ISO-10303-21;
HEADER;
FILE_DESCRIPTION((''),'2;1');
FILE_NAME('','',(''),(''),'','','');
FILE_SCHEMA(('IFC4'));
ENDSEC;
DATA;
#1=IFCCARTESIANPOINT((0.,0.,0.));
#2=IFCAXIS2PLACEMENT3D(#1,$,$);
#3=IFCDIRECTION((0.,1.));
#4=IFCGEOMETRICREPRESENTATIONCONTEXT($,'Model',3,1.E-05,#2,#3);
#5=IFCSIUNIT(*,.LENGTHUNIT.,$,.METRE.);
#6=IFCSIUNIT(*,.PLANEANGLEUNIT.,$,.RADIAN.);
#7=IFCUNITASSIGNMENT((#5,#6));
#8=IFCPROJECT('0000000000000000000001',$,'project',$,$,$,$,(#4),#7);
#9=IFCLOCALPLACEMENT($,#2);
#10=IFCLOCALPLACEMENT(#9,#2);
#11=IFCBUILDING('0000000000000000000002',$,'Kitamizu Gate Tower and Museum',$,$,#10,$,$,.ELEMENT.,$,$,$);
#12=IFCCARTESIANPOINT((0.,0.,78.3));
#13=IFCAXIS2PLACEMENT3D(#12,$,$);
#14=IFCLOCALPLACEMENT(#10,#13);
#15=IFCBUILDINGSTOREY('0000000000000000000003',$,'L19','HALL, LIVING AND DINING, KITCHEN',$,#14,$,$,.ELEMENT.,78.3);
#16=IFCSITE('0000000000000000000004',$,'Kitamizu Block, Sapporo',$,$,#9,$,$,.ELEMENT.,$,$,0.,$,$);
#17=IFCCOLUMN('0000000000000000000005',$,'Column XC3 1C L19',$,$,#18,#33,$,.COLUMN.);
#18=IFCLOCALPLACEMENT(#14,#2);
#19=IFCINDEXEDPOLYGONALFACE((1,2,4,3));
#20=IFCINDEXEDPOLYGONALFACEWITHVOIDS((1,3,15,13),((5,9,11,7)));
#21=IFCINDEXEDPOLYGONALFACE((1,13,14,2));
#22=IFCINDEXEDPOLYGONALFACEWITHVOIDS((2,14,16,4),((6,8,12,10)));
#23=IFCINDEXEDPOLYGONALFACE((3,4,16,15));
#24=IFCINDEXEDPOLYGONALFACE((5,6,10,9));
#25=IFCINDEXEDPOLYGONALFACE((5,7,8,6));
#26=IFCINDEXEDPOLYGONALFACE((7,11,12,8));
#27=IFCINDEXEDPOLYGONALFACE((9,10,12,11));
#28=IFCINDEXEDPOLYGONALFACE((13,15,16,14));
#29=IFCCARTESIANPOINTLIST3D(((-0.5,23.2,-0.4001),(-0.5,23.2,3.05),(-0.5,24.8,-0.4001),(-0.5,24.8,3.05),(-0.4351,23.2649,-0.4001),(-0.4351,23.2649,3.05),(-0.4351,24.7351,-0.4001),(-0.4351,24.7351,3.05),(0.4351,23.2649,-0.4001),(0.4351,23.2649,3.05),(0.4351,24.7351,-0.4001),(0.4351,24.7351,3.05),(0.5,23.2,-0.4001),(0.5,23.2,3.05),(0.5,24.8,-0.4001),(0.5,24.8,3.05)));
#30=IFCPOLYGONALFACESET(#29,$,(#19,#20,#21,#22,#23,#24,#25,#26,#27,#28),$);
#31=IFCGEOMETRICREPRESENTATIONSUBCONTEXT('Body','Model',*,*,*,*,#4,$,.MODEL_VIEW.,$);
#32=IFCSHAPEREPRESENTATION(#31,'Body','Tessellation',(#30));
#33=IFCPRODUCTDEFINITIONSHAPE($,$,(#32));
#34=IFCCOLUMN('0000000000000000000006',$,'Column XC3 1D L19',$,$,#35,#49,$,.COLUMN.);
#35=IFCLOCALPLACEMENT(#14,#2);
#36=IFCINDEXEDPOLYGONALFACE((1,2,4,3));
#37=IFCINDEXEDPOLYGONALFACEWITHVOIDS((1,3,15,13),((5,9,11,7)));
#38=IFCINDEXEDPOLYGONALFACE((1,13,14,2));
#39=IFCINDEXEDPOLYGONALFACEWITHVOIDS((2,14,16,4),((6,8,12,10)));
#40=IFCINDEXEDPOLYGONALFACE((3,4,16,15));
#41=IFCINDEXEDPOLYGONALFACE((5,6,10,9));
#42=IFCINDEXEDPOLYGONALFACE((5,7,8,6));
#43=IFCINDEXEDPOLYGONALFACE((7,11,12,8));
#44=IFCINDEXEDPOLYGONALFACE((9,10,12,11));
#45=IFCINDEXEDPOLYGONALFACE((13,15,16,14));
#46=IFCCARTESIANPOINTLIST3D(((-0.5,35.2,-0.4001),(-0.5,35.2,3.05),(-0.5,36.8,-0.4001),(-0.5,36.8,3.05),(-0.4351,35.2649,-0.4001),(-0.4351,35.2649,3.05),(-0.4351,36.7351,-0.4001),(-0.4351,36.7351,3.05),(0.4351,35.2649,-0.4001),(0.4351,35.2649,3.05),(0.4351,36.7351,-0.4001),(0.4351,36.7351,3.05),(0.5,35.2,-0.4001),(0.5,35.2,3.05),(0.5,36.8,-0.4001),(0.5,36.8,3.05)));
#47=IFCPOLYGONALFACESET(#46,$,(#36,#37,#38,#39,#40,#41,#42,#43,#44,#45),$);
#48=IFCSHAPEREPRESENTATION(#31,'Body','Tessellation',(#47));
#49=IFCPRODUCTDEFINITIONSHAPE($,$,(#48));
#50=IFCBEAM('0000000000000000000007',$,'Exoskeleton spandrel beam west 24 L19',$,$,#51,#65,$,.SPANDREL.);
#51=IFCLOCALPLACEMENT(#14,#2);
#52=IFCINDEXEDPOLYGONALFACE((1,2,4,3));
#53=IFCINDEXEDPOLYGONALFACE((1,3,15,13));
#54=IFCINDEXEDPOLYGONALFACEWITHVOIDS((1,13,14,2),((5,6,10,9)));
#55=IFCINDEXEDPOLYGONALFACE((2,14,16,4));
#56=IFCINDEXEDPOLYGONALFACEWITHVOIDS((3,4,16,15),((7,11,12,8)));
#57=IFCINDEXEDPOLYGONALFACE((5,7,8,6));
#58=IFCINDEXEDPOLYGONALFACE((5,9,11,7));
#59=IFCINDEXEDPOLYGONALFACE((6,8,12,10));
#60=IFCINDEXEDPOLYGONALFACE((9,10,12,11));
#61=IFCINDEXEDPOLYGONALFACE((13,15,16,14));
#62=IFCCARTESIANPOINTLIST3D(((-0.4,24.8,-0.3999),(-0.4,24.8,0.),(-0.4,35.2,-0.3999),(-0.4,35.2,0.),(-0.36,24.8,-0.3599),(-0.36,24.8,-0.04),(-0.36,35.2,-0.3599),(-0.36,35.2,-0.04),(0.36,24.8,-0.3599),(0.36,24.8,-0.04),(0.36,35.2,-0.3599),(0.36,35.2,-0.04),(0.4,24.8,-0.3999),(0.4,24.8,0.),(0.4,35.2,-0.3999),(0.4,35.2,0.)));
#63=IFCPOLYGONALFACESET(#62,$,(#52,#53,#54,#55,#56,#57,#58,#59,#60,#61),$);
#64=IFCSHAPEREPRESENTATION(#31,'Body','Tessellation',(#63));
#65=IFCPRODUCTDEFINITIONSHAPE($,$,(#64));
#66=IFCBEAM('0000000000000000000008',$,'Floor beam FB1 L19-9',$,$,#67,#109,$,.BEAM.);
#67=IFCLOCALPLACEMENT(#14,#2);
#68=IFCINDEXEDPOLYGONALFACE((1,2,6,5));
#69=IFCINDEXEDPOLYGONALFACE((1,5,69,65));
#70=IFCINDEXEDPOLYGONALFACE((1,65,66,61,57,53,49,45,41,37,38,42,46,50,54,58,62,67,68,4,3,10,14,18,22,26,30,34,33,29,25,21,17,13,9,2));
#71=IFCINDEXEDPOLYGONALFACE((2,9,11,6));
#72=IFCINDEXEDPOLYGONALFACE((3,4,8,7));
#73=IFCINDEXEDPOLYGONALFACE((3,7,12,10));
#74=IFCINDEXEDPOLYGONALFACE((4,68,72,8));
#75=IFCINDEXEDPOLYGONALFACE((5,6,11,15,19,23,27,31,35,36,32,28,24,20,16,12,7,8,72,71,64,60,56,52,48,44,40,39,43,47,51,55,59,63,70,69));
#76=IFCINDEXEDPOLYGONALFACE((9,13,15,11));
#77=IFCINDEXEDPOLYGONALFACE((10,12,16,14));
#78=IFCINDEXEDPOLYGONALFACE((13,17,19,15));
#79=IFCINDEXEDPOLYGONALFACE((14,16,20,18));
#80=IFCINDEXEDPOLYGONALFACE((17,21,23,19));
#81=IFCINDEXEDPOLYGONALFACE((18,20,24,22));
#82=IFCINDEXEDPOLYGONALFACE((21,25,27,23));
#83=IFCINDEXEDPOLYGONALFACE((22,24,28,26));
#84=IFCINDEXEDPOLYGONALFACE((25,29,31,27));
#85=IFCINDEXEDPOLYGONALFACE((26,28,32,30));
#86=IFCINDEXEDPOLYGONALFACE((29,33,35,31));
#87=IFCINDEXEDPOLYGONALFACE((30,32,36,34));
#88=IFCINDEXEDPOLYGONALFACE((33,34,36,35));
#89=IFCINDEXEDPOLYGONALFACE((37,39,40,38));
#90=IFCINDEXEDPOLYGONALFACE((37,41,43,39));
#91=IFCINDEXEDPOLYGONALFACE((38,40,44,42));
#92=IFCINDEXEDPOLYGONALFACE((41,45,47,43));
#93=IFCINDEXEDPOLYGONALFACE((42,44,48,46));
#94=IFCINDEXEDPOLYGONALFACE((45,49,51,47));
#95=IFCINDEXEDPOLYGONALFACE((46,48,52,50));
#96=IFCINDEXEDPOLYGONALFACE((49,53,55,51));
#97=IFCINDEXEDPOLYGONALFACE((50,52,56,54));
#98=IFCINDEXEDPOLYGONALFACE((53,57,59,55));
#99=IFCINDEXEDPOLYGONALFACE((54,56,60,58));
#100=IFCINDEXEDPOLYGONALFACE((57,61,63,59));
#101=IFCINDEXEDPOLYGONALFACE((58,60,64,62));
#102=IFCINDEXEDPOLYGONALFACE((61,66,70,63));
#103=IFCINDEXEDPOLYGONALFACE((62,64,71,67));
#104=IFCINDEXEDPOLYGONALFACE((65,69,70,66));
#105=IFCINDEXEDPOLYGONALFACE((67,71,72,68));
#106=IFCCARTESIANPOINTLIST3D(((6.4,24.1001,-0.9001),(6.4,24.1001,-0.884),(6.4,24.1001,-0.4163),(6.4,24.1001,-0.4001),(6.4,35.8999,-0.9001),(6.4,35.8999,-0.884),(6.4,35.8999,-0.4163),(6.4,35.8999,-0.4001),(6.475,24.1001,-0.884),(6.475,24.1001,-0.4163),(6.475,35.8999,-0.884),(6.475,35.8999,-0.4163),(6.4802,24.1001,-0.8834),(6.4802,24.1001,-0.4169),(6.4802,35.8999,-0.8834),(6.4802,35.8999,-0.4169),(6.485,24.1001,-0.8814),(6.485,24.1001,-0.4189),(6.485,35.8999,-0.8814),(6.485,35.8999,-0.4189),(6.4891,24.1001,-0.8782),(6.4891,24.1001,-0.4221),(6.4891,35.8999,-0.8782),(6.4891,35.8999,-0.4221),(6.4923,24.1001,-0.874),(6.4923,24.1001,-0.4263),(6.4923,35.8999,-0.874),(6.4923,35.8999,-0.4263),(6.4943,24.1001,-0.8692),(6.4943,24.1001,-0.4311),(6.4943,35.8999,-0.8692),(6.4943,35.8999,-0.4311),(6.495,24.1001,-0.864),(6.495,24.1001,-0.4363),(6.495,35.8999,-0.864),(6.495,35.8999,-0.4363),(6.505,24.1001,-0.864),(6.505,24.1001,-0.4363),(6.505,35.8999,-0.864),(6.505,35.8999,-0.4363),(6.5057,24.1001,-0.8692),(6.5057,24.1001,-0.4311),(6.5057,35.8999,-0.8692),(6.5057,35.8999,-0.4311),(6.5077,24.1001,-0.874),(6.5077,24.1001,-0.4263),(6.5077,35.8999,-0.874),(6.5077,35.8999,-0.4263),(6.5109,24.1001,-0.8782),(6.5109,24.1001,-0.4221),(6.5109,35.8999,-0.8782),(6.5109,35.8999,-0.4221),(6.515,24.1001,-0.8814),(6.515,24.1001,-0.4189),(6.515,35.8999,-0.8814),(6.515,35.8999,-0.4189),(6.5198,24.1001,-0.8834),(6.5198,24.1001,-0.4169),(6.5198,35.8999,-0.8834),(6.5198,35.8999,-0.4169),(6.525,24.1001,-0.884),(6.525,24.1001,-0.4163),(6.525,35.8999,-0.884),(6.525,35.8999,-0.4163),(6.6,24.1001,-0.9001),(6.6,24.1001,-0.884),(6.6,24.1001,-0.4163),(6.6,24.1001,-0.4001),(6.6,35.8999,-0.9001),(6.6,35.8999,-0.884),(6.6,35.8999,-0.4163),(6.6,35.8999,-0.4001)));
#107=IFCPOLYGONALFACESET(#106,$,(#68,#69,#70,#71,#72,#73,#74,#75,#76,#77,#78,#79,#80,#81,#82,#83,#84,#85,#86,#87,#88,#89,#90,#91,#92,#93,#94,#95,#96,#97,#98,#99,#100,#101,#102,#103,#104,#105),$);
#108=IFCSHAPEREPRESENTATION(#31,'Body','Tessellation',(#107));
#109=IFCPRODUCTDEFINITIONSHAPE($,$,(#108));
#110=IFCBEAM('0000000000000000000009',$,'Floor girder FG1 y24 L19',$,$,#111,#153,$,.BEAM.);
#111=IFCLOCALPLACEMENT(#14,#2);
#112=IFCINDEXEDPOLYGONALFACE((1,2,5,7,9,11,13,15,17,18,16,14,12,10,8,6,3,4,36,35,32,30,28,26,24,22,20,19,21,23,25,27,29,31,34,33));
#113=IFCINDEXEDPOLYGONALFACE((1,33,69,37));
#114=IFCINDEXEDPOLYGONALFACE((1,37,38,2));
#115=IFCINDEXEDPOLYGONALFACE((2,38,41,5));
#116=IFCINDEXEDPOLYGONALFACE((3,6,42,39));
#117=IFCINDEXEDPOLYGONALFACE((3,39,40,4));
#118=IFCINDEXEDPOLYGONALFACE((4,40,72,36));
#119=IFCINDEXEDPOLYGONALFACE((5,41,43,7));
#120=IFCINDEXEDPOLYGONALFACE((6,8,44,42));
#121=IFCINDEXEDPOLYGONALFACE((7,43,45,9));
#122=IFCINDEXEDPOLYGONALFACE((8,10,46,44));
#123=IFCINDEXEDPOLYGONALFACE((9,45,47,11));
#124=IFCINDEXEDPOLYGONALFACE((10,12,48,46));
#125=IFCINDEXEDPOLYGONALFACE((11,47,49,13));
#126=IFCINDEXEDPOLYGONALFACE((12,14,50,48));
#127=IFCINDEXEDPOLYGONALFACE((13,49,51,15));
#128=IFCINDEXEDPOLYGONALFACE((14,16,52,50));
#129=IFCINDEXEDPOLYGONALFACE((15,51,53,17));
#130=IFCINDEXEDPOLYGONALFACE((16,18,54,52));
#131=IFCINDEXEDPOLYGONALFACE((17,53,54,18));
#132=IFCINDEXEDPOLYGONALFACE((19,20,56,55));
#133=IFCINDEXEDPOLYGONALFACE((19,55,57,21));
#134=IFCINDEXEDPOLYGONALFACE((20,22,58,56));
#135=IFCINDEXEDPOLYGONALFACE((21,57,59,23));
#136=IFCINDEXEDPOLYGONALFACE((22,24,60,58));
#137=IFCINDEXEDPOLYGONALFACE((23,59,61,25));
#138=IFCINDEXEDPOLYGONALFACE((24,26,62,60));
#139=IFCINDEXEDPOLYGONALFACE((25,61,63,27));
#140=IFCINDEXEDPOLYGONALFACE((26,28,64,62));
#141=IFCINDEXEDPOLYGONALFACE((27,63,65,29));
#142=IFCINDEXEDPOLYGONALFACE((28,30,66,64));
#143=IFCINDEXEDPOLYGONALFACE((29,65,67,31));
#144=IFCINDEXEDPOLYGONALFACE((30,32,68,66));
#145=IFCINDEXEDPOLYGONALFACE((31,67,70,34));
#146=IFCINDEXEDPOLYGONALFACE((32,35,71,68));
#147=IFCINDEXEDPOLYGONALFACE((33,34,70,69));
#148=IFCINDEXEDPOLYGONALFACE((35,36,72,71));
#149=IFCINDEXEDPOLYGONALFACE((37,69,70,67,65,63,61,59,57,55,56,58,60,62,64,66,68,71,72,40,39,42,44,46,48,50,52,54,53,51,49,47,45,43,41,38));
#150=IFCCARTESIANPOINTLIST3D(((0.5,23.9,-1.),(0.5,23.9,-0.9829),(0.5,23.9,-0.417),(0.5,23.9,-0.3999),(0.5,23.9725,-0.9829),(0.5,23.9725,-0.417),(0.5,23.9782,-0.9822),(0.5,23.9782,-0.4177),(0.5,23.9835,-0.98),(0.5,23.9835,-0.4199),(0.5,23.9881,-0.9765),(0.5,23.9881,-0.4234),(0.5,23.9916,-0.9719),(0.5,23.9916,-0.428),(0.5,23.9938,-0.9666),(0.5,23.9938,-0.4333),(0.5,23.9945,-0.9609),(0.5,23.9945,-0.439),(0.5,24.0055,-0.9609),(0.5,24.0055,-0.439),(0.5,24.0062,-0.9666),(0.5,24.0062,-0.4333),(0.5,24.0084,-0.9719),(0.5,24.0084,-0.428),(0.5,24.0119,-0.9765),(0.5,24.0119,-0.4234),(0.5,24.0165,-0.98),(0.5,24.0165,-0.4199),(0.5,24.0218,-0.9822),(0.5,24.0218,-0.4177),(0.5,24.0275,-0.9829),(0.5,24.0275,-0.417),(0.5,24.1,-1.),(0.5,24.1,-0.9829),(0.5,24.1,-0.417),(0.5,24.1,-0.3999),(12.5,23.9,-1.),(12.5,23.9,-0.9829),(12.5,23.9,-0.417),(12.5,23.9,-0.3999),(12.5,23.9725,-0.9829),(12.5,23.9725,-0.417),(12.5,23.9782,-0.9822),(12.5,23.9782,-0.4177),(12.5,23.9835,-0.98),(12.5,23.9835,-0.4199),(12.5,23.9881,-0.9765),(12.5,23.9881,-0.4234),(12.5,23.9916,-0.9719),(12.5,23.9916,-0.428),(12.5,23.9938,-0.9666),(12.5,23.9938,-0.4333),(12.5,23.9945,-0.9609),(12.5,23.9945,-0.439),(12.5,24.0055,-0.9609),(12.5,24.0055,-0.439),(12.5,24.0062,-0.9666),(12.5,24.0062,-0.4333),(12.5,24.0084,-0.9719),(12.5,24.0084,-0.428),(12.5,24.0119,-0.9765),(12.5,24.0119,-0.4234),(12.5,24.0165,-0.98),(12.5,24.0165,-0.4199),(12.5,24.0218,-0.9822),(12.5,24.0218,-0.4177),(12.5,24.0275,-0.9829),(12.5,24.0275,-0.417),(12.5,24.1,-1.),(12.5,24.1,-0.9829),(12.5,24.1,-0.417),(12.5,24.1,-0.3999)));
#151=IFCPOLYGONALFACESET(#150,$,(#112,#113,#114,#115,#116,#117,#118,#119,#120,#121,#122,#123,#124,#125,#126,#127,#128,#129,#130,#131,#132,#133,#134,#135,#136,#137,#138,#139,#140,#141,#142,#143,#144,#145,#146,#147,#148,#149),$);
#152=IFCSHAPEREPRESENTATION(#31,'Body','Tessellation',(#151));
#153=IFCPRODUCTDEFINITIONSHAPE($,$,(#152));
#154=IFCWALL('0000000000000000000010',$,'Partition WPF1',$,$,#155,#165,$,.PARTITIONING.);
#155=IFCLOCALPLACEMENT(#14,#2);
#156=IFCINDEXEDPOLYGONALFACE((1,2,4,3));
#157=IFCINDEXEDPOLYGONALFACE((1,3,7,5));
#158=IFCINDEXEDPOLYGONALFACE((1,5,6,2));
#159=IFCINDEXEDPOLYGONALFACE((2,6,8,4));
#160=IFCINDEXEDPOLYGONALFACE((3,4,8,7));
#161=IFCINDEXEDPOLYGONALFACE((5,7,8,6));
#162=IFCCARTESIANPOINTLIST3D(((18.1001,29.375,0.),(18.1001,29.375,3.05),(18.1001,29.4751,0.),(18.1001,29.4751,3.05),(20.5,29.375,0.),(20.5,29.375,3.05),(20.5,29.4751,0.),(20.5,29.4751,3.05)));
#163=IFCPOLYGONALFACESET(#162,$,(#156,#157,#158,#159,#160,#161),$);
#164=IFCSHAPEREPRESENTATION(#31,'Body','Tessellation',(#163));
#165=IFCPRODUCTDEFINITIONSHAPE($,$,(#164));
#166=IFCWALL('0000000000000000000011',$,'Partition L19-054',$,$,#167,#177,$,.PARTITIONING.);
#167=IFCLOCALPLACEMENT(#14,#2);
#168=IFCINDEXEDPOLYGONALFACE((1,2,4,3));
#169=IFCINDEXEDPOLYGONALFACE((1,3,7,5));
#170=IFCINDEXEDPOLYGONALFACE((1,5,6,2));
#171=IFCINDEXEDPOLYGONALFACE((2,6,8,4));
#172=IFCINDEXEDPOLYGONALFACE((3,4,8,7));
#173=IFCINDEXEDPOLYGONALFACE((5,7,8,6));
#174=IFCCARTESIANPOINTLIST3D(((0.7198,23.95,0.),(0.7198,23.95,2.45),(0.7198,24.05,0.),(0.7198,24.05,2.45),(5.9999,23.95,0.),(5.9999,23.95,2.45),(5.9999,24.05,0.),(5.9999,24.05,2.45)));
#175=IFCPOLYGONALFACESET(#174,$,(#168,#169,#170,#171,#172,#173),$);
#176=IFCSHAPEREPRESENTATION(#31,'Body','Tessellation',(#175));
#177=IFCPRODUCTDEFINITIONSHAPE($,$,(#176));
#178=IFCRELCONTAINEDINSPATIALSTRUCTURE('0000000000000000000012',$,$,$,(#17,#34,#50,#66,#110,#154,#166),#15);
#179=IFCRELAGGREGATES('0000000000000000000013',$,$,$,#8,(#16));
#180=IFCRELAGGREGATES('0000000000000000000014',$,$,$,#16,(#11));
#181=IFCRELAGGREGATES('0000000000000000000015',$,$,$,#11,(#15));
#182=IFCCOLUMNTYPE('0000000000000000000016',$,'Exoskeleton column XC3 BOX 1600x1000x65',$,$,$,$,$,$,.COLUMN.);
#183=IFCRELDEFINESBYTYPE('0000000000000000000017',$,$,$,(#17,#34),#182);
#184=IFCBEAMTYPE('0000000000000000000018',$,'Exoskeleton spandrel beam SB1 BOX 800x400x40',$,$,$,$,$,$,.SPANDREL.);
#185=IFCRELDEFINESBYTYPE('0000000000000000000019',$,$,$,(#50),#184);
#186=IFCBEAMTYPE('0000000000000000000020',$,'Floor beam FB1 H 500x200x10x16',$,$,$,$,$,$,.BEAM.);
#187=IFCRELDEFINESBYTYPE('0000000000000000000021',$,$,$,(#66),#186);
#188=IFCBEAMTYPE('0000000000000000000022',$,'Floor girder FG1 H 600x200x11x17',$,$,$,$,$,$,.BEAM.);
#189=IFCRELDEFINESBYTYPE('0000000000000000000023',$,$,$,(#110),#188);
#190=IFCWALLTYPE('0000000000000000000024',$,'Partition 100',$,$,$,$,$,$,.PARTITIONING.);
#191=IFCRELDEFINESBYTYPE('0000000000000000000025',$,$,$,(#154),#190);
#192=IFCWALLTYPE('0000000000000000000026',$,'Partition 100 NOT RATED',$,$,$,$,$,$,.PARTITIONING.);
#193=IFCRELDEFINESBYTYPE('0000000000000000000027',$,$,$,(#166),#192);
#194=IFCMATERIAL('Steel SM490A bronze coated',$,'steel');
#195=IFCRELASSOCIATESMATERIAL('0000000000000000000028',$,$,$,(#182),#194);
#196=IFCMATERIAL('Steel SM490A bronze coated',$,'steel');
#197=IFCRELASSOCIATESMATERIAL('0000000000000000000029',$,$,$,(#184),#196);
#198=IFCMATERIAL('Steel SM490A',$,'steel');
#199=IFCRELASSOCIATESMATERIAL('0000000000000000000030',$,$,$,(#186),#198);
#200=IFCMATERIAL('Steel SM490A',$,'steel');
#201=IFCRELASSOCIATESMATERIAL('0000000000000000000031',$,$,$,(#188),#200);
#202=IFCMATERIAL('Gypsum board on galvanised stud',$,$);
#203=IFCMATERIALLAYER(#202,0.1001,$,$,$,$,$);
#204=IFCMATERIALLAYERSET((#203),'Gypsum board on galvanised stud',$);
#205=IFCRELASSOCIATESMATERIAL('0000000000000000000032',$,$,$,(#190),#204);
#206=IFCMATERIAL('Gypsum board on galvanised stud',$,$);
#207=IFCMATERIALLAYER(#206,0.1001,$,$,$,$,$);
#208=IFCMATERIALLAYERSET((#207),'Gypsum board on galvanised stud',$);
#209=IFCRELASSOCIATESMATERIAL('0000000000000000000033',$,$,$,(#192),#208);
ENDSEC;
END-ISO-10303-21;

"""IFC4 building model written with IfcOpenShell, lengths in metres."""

from ifc_helpers import new_model, si_unit, direction, frame, frame_2d, origin, origin_2d, place, context, subcontext, project, spatial, rectangle, hollow_rectangle, i_section, extrude, material, layer, layer_set, material_profile, profile_set, type_object, element, save


model = new_model("IFC4")

# Units and contexts
model_context = context("Model", 3, precision=1e-05, world=origin(), true_north=direction((0.0, 1.0)))
body_context = subcontext(model_context, "Body", "Model", "MODEL_VIEW")
ifc_project = project(units=[si_unit("LENGTHUNIT", "METRE"), si_unit("PLANEANGLEUNIT", "RADIAN")], contexts=[model_context])

# Site, building, storey
site_placement = place(None, origin())
site = spatial("IfcSite", under=ifc_project, at=site_placement, Name="Kitamizu Block, Sapporo", CompositionType="ELEMENT", RefElevation=0.0)
building_placement = place(site_placement, origin())
building = spatial("IfcBuilding", under=site, at=building_placement, Name="Kitamizu Gate Tower and Museum", CompositionType="ELEMENT")
storey_placement = place(building_placement, frame((0.0, 0.0, 78.3)))
storey = spatial("IfcBuildingStorey", under=building, at=storey_placement, Name="L19", Description="HALL, LIVING AND DINING, KITCHEN", CompositionType="ELEMENT", Elevation=78.3)

# Columns
ifc_material_1 = material(Name="Steel SM490A bronze coated", Category="steel")
ifc_material_profile_1 = material_profile(ifc_material_1, hollow_rectangle(XDim=1.6001, YDim=1.0, WallThickness=0.0649, at=origin_2d()), Name="BOX 1600x1000x65")
ifc_profile_set_1 = profile_set([ifc_material_profile_1], Name="Steel SM490A bronze coated")
column_type = type_object("IfcColumnType", Name="Exoskeleton column XC3 BOX 1600x1000x65", PredefinedType="COLUMN", material=ifc_profile_set_1)
for number, where, z_axis, x_axis, name in (
    (1, (0.0, 24.0, -0.4001), (0.0, 0.0, 1.0), (0.0, 1.0, 0.0), "Column XC3 1C L19"),
    (2, (0.0, 36.0, -0.4001), (0.0, 0.0, 1.0), (0.0, 1.0, 0.0), "Column XC3 1D L19"),
):
    element("IfcColumn", number, at=place(storey_placement, frame(where, z_axis=z_axis, x_axis=x_axis)), inside=storey, type_object=column_type, Name=name, PredefinedType="COLUMN", context=body_context, shape_type="SweptSolid", body=[
        extrude(hollow_rectangle(XDim=1.6001, YDim=1.0, WallThickness=0.0649, at=origin_2d()), origin(), (0.0, 0.0, 1.0), 3.4502),
    ])

# Beams
ifc_material_2 = material(Name="Steel SM490A bronze coated", Category="steel")
ifc_material_profile_2 = material_profile(ifc_material_2, hollow_rectangle(XDim=0.8, YDim=0.3999, WallThickness=0.04, at=origin_2d()), Name="BOX 800x400x40")
ifc_profile_set_2 = profile_set([ifc_material_profile_2], Name="Steel SM490A bronze coated")
beam_type_1 = type_object("IfcBeamType", Name="Exoskeleton spandrel beam SB1 BOX 800x400x40", PredefinedType="SPANDREL", material=ifc_profile_set_2)
beam_1_placement = place(storey_placement, frame((0.0, 24.8, -0.2), z_axis=(0.0, 1.0, 0.0), x_axis=(-1.0, 0.0, 0.0)))
element("IfcBeam", 3, at=beam_1_placement, inside=storey, type_object=beam_type_1, Name="Exoskeleton spandrel beam west 24 L19", PredefinedType="SPANDREL", context=body_context, shape_type="SweptSolid", body=[
    extrude(hollow_rectangle(XDim=0.8, YDim=0.3999, WallThickness=0.04, at=origin_2d()), origin(), (0.0, 0.0, 1.0), 10.3999),
])
ifc_material_3 = material(Name="Steel SM490A", Category="steel")
ifc_material_profile_3 = material_profile(ifc_material_3, i_section(OverallWidth=0.2, OverallDepth=0.5, WebThickness=0.01, FlangeThickness=0.0161, FilletRadius=0.02, at=origin_2d()), Name="H-500x200x10x16")
ifc_profile_set_3 = profile_set([ifc_material_profile_3], Name="Steel SM490A")
beam_type_2 = type_object("IfcBeamType", Name="Floor beam FB1 H 500x200x10x16", PredefinedType="BEAM", material=ifc_profile_set_3)
beam_2_placement = place(storey_placement, frame((6.5, 24.1001, -0.6501), z_axis=(0.0, 1.0, 0.0), x_axis=(-1.0, 0.0, 0.0)))
element("IfcBeam", 4, at=beam_2_placement, inside=storey, type_object=beam_type_2, Name="Floor beam FB1 L19-9", PredefinedType="BEAM", context=body_context, shape_type="SweptSolid", body=[
    extrude(i_section(OverallWidth=0.2, OverallDepth=0.5, WebThickness=0.01, FlangeThickness=0.0161, FilletRadius=0.02, at=origin_2d()), origin(), (0.0, 0.0, 1.0), 11.7998),
])
ifc_material_4 = material(Name="Steel SM490A", Category="steel")
ifc_material_profile_4 = material_profile(ifc_material_4, i_section(OverallWidth=0.2, OverallDepth=0.6001, WebThickness=0.011, FlangeThickness=0.0171, FilletRadius=0.022, at=origin_2d()), Name="H-600x200x11x17")
ifc_profile_set_4 = profile_set([ifc_material_profile_4], Name="Steel SM490A")
beam_type_3 = type_object("IfcBeamType", Name="Floor girder FG1 H 600x200x11x17", PredefinedType="BEAM", material=ifc_profile_set_4)
beam_3_placement = place(storey_placement, frame((0.5, 24.0, -0.7), z_axis=(1.0, 0.0, 0.0), x_axis=(0.0, 1.0, 0.0)))
element("IfcBeam", 5, at=beam_3_placement, inside=storey, type_object=beam_type_3, Name="Floor girder FG1 y24 L19", PredefinedType="BEAM", context=body_context, shape_type="SweptSolid", body=[
    extrude(i_section(OverallWidth=0.2, OverallDepth=0.6001, WebThickness=0.011, FlangeThickness=0.0171, FilletRadius=0.022, at=origin_2d()), origin(), (0.0, 0.0, 1.0), 12.0),
])

# Walls
ifc_material_5 = material(Name="Gypsum board on galvanised stud")
ifc_layer_1 = layer(ifc_material_5, 0.1001)
ifc_layer_set_1 = layer_set([ifc_layer_1], Name="Gypsum board on galvanised stud")
wall_type_1 = type_object("IfcWallType", Name="Partition 100", PredefinedType="PARTITIONING", material=ifc_layer_set_1)
wall_1_placement = place(storey_placement, frame((18.1001, 29.425, 0.0), z_axis=(0.0, 0.0, 1.0), x_axis=(1.0, 0.0, 0.0)))
element("IfcWall", 6, at=wall_1_placement, inside=storey, type_object=wall_type_1, Name="Partition WPF1", PredefinedType="PARTITIONING", context=body_context, shape_type="SweptSolid", body=[
    extrude(rectangle(XDim=2.3999, YDim=0.1001, at=frame_2d((1.2, 0.0))), origin(), (0.0, 0.0, 1.0), 3.05),
])
ifc_material_6 = material(Name="Gypsum board on galvanised stud")
ifc_layer_2 = layer(ifc_material_6, 0.1001)
ifc_layer_set_2 = layer_set([ifc_layer_2], Name="Gypsum board on galvanised stud")
wall_type_2 = type_object("IfcWallType", Name="Partition 100 NOT RATED", PredefinedType="PARTITIONING", material=ifc_layer_set_2)
wall_2_placement = place(storey_placement, frame((6.0, 24.0, 0.0), z_axis=(0.0, 0.0, 1.0), x_axis=(-1.0, 0.0, 0.0)))
element("IfcWall", 7, at=wall_2_placement, inside=storey, type_object=wall_type_2, Name="Partition L19-054", PredefinedType="PARTITIONING", context=body_context, shape_type="SweptSolid", body=[
    extrude(rectangle(XDim=5.28, YDim=0.1001, at=frame_2d((2.6401, 0.0))), origin(), (0.0, 0.0, 1.0), 2.45),
])

save(model, "model.ifc")
